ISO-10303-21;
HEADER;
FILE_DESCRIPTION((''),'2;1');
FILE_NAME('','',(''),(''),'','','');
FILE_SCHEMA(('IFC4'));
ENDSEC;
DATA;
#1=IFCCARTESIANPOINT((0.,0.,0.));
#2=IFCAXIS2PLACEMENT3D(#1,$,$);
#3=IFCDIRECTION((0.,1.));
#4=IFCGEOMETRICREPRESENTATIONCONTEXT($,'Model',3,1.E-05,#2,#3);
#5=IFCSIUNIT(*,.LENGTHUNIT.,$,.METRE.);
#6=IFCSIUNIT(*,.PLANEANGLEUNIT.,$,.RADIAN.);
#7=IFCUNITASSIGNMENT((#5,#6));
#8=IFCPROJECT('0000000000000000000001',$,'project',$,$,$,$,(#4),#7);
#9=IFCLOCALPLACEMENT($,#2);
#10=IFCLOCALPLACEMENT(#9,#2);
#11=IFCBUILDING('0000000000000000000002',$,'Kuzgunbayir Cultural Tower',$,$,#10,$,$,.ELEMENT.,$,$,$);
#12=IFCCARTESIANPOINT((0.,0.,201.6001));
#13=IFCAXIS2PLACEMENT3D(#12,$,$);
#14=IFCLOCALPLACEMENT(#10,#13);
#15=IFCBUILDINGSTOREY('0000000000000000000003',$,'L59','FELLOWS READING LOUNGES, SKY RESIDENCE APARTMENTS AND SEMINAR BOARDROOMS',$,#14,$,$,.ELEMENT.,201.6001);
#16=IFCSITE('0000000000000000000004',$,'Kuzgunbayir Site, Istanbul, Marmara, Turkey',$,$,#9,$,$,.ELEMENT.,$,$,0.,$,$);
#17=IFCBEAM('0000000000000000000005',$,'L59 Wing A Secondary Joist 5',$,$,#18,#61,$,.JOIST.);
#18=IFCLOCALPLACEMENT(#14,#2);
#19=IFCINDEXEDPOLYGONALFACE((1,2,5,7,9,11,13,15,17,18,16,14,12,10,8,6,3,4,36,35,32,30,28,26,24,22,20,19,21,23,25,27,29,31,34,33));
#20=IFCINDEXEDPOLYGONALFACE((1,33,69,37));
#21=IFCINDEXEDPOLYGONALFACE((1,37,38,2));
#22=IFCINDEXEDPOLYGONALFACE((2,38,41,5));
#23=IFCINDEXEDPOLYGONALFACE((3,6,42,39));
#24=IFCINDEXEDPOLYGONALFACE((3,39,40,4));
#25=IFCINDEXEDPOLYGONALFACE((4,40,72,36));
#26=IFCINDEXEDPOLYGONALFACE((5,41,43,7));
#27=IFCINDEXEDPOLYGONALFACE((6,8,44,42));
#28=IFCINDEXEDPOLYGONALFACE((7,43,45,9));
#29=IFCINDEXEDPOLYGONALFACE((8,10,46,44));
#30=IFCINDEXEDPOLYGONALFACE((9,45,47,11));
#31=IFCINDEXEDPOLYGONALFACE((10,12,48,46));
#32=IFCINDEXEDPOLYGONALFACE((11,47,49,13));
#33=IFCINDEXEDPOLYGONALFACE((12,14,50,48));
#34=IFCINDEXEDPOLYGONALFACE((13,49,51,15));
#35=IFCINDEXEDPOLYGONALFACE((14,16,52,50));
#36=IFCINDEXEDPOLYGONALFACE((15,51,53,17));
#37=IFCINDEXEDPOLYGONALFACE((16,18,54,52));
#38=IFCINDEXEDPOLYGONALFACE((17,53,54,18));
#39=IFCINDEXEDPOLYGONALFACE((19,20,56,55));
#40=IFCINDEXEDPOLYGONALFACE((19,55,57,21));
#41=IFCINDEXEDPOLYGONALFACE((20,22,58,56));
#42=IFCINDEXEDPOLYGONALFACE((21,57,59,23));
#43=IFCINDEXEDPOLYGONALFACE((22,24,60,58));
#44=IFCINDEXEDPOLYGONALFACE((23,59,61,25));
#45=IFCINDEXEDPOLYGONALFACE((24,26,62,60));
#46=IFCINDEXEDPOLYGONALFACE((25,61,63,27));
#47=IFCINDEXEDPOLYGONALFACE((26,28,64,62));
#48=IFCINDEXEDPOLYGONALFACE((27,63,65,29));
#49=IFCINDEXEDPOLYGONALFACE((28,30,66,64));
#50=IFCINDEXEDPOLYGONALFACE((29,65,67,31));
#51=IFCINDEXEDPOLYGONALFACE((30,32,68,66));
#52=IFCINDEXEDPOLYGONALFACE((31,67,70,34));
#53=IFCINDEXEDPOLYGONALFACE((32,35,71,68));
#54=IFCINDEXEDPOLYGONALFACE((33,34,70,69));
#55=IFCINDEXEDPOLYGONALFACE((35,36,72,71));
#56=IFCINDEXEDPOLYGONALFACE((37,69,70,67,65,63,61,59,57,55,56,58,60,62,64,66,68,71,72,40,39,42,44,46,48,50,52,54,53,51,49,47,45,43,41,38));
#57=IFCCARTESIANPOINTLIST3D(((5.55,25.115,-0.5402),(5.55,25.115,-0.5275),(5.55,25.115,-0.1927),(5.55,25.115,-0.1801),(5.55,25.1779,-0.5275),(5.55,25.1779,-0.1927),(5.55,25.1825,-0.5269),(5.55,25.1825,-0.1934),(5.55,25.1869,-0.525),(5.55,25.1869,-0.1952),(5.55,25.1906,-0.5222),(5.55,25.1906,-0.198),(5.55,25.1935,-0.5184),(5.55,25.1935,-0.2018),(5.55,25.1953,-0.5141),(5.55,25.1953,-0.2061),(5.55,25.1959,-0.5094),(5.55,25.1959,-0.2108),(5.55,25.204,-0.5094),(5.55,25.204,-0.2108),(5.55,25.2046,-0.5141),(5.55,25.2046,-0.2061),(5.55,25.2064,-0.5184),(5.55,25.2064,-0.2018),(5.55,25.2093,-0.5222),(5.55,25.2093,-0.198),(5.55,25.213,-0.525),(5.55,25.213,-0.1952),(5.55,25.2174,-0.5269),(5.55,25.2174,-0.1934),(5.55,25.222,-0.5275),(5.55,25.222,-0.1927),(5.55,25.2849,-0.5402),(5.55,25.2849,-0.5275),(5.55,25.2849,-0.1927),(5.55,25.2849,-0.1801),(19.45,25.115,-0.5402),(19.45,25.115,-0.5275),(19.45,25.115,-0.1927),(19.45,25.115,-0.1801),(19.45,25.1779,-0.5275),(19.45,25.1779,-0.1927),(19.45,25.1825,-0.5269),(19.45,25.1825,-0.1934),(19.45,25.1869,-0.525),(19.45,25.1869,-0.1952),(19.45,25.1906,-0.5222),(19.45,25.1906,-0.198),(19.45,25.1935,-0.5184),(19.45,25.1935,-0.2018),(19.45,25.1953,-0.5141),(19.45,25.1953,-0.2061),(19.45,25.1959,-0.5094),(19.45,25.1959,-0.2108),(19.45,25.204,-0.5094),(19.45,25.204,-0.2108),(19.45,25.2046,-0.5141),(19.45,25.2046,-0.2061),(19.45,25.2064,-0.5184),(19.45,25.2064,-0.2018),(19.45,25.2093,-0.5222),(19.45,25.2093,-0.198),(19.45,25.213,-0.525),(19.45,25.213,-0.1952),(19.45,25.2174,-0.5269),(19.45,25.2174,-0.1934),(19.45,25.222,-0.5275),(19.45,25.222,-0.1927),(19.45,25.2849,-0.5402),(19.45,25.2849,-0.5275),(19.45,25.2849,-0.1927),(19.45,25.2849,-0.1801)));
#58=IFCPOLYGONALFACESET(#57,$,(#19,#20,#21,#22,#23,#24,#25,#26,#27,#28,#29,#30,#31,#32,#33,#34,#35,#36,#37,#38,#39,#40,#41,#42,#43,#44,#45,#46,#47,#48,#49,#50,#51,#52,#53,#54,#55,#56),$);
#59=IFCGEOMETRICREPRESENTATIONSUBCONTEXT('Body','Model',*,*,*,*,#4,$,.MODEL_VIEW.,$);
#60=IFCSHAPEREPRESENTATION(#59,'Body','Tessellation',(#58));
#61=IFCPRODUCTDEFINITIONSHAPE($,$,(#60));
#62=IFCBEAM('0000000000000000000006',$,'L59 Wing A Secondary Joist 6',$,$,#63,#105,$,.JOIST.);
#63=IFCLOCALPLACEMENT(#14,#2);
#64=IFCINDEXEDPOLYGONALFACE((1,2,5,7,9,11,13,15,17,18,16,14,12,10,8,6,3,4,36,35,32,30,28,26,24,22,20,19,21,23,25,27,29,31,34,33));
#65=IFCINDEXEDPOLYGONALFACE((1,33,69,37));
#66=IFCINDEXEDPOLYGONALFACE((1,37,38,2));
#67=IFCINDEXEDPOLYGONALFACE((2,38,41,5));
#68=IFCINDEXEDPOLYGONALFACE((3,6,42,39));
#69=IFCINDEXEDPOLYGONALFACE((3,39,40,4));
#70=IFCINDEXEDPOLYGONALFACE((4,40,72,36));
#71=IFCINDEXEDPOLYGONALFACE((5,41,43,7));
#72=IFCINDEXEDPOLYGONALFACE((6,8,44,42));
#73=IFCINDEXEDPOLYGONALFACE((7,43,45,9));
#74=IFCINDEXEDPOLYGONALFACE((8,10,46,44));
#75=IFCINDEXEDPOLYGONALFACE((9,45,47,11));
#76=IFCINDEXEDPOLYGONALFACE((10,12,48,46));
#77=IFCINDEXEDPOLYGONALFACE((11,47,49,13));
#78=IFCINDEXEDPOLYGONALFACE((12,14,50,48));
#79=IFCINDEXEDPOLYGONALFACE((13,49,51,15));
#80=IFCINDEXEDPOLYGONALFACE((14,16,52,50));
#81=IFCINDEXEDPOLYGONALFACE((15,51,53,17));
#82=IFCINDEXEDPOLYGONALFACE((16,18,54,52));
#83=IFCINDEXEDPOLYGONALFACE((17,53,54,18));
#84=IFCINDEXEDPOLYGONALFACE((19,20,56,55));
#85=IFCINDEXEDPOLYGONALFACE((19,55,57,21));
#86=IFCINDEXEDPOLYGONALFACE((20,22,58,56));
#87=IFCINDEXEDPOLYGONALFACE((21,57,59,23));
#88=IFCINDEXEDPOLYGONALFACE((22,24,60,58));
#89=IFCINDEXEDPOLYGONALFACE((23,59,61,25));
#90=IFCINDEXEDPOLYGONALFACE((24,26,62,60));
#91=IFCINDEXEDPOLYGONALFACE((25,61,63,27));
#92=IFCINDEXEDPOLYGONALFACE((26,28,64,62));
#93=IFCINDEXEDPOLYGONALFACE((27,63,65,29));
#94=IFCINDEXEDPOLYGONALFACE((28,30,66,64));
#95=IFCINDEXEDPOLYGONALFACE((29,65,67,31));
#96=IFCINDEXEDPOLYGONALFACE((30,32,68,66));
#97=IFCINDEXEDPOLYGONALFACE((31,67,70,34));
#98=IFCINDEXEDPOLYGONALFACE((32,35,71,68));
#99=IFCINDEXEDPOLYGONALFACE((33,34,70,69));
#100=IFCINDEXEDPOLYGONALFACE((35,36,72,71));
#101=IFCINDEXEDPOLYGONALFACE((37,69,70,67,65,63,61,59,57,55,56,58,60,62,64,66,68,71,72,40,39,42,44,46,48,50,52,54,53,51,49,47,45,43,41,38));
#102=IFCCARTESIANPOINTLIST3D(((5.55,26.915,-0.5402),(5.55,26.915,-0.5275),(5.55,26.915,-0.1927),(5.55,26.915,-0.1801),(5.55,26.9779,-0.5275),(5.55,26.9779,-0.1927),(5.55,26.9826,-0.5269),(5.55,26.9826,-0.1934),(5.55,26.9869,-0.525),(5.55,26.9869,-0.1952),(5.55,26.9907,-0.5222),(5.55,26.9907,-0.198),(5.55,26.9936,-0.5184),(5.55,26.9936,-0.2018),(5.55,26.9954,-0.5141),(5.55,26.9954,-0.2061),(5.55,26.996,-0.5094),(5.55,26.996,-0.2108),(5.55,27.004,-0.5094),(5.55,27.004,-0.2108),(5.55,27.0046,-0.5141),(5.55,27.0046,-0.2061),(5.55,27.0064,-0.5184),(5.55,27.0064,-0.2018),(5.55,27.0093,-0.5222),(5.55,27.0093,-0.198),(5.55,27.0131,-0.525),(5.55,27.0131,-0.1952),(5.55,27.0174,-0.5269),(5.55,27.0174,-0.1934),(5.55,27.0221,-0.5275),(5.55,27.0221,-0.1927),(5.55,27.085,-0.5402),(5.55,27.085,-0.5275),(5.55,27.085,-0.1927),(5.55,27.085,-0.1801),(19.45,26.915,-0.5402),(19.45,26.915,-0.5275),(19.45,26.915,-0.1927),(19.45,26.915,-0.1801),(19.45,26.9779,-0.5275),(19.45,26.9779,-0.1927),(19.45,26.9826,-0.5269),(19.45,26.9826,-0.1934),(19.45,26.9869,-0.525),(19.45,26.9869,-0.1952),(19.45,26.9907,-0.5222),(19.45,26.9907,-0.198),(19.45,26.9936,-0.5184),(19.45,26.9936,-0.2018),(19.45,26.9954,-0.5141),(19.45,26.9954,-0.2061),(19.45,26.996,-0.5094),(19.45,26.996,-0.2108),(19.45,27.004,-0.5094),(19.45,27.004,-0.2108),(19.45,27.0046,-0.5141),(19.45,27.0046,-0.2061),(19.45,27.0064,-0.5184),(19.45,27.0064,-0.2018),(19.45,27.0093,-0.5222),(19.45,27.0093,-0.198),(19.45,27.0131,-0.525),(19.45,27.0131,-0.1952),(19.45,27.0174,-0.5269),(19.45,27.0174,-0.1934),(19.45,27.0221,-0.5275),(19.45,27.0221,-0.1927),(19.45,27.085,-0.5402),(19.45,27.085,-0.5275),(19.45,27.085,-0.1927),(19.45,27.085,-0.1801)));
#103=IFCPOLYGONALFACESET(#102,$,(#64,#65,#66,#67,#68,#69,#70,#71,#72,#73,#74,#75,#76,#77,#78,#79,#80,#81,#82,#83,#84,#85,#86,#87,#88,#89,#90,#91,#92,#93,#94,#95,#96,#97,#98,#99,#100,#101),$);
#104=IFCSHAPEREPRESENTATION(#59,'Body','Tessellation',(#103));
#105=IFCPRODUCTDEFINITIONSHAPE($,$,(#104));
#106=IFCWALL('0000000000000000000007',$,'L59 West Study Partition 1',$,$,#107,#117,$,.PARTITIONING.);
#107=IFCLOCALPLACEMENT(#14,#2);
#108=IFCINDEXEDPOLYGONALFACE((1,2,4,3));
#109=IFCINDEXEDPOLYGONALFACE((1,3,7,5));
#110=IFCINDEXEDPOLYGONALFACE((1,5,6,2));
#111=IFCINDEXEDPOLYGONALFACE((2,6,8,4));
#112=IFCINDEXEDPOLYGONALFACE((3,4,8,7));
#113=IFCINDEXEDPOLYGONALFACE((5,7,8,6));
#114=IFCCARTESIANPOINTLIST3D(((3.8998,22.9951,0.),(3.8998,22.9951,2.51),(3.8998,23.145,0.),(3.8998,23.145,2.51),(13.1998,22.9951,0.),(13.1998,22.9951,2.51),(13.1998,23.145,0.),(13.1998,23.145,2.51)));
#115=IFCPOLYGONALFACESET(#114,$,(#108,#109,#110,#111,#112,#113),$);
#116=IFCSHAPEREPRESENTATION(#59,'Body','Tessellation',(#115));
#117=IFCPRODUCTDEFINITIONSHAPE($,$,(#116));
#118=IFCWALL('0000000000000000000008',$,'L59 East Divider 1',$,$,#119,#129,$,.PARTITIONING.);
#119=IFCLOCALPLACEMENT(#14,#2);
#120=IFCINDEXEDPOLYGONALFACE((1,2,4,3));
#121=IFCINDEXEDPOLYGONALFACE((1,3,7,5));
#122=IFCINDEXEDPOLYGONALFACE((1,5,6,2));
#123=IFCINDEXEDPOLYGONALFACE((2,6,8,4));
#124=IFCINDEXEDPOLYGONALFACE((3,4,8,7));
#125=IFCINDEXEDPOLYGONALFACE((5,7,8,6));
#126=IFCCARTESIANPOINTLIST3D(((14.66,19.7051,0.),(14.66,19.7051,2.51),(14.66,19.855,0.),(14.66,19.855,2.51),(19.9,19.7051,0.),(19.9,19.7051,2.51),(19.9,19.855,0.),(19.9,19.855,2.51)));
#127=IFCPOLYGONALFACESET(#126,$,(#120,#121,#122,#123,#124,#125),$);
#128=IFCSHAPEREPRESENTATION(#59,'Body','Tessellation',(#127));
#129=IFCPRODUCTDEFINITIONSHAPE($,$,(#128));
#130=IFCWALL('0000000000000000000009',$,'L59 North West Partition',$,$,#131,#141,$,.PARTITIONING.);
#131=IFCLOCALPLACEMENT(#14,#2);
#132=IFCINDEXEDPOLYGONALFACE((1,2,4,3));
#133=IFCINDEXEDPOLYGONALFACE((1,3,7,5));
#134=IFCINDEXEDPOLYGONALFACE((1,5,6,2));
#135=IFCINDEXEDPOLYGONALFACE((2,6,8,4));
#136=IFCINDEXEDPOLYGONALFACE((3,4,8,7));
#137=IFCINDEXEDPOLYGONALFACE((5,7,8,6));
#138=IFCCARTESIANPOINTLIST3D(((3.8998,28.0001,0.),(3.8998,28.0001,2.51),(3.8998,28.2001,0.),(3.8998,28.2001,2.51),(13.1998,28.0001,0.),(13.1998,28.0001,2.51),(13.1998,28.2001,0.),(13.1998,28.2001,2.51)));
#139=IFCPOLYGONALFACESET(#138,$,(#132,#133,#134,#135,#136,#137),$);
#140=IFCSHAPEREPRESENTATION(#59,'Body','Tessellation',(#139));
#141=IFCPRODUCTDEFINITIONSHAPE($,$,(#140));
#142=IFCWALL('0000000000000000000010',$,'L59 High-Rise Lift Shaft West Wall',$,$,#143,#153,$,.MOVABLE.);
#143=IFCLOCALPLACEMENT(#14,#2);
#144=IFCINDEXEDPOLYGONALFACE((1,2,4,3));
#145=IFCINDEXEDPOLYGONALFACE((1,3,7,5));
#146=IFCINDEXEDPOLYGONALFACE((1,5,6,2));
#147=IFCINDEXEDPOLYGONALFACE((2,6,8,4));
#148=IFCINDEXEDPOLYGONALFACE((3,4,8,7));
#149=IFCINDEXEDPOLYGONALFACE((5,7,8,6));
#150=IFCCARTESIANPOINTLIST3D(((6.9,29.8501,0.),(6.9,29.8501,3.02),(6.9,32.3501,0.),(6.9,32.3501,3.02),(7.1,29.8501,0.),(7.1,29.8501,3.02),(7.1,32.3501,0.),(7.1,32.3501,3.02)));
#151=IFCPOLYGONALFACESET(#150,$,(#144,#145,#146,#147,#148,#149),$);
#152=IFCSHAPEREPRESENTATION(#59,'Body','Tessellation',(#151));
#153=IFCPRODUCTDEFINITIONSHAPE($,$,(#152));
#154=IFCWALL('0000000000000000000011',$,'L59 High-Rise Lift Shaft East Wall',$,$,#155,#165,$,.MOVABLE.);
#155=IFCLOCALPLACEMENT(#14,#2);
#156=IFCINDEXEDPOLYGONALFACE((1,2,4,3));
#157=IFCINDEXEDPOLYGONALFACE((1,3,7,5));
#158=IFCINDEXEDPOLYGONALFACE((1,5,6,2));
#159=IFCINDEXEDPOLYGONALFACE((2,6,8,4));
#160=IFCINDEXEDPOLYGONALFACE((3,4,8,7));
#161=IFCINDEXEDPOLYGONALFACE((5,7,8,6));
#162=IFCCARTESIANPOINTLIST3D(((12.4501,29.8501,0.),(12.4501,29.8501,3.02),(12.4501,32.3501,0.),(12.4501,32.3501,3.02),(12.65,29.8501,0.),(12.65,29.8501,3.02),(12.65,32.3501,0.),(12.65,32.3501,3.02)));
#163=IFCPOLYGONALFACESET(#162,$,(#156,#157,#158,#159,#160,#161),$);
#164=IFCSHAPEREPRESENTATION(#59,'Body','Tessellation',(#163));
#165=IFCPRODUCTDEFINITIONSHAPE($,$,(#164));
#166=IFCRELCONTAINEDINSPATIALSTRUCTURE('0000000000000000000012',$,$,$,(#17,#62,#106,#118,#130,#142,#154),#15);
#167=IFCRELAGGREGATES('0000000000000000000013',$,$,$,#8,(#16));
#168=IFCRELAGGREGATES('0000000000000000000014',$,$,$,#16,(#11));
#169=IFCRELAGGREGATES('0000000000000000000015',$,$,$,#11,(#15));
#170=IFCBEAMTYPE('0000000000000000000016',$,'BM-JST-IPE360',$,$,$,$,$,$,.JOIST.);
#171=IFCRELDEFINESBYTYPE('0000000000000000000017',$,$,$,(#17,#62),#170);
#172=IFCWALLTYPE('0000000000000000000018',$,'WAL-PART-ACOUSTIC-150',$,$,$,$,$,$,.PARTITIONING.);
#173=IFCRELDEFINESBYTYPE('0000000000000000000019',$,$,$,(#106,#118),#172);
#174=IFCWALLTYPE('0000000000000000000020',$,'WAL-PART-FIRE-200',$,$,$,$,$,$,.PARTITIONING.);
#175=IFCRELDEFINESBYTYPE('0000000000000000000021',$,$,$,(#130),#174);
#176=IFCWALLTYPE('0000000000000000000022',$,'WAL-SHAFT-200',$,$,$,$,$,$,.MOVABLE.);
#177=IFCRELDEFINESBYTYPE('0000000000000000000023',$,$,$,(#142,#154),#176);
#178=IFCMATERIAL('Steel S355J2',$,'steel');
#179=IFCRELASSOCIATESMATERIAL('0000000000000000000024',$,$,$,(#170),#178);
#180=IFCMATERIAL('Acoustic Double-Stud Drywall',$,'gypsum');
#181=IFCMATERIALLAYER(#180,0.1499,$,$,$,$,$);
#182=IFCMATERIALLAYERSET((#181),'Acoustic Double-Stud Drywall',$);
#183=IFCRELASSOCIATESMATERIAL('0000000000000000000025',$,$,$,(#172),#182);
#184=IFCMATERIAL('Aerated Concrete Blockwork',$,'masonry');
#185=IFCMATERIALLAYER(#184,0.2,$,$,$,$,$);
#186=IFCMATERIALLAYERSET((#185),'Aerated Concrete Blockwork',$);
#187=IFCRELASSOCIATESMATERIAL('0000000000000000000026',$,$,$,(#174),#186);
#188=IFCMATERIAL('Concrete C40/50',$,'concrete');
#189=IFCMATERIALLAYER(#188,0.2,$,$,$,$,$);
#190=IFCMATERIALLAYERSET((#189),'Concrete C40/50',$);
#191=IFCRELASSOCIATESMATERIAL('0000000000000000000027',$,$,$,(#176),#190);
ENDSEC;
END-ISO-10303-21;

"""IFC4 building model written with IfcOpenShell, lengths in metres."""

from ifc_helpers import new_model, si_unit, direction, frame, frame_2d, origin, origin_2d, place, context, subcontext, project, spatial, rectangle, i_section, extrude, material, layer, layer_set, material_profile, profile_set, type_object, element, save


model = new_model("IFC4")

# Units and contexts
model_context = context("Model", 3, precision=1e-05, world=origin(), true_north=direction((0.0, 1.0)))
body_context = subcontext(model_context, "Body", "Model", "MODEL_VIEW")
ifc_project = project(units=[si_unit("LENGTHUNIT", "METRE"), si_unit("PLANEANGLEUNIT", "RADIAN")], contexts=[model_context])

# Site, building, storey
site_placement = place(None, origin())
site = spatial("IfcSite", under=ifc_project, at=site_placement, Name="Kuzgunbayir Site, Istanbul, Marmara, Turkey", CompositionType="ELEMENT", RefElevation=0.0)
building_placement = place(site_placement, origin())
building = spatial("IfcBuilding", under=site, at=building_placement, Name="Kuzgunbayir Cultural Tower", CompositionType="ELEMENT")
storey_placement = place(building_placement, frame((0.0, 0.0, 201.6001)))
storey = spatial("IfcBuildingStorey", under=building, at=storey_placement, Name="L59", Description="FELLOWS READING LOUNGES, SKY RESIDENCE APARTMENTS AND SEMINAR BOARDROOMS", CompositionType="ELEMENT", Elevation=201.6001)

# Beams
ifc_material_1 = material(Name="Steel S355J2", Category="steel")
ifc_material_profile_1 = material_profile(ifc_material_1, i_section(OverallWidth=0.1699, OverallDepth=0.3601, WebThickness=0.0081, FlangeThickness=0.0127, FilletRadius=0.0181, at=origin_2d()), Name="IPE 360")
ifc_profile_set_1 = profile_set([ifc_material_profile_1], Name="Steel S355J2")
beam_type_1 = type_object("IfcBeamType", Name="BM-JST-IPE360", PredefinedType="JOIST", material=ifc_profile_set_1)
for number, where, z_axis, x_axis, name in (
    (1, (5.55, 25.2, -0.3601), (1.0, 0.0, 0.0), (0.0, 1.0, 0.0), "L59 Wing A Secondary Joist 5"),
    (2, (5.55, 27.0, -0.3601), (1.0, 0.0, 0.0), (0.0, 1.0, 0.0), "L59 Wing A Secondary Joist 6"),
):
    element("IfcBeam", number, at=place(storey_placement, frame(where, z_axis=z_axis, x_axis=x_axis)), inside=storey, type_object=beam_type_1, Name=name, PredefinedType="JOIST", context=body_context, shape_type="SweptSolid", body=[
        extrude(i_section(OverallWidth=0.1699, OverallDepth=0.3601, WebThickness=0.0081, FlangeThickness=0.0127, FilletRadius=0.0181, at=origin_2d()), origin(), (0.0, 0.0, 1.0), 13.8999),
    ])

# Walls
ifc_material_2 = material(Name="Acoustic Double-Stud Drywall", Category="gypsum")
ifc_layer_1 = layer(ifc_material_2, 0.1499)
ifc_layer_set_1 = layer_set([ifc_layer_1], Name="Acoustic Double-Stud Drywall")
wall_type_1 = type_object("IfcWallType", Name="WAL-PART-ACOUSTIC-150", PredefinedType="PARTITIONING", material=ifc_layer_set_1)
wall_1_placement = place(storey_placement, frame((3.8999, 23.0701, 0.0), z_axis=(0.0, 0.0, 1.0), x_axis=(1.0, 0.0, 0.0)))
element("IfcWall", 3, at=wall_1_placement, inside=storey, type_object=wall_type_1, Name="L59 West Study Partition 1", PredefinedType="PARTITIONING", context=body_context, shape_type="SweptSolid", body=[
    extrude(rectangle(XDim=9.3, YDim=0.1499, at=frame_2d((4.6499, 0.0))), origin(), (0.0, 0.0, 1.0), 2.51),
])
wall_2_placement = place(storey_placement, frame((14.6599, 19.78, 0.0), z_axis=(0.0, 0.0, 1.0), x_axis=(1.0, 0.0, 0.0)))
element("IfcWall", 4, at=wall_2_placement, inside=storey, type_object=wall_type_1, Name="L59 East Divider 1", PredefinedType="PARTITIONING", context=body_context, shape_type="SweptSolid", body=[
    extrude(rectangle(XDim=5.24, YDim=0.1499, at=frame_2d((2.6201, 0.0))), origin(), (0.0, 0.0, 1.0), 2.51),
])
ifc_material_3 = material(Name="Aerated Concrete Blockwork", Category="masonry")
ifc_layer_2 = layer(ifc_material_3, 0.2)
ifc_layer_set_2 = layer_set([ifc_layer_2], Name="Aerated Concrete Blockwork")
wall_type_2 = type_object("IfcWallType", Name="WAL-PART-FIRE-200", PredefinedType="PARTITIONING", material=ifc_layer_set_2)
wall_3_placement = place(storey_placement, frame((3.8999, 28.1001, 0.0), z_axis=(0.0, 0.0, 1.0), x_axis=(1.0, 0.0, 0.0)))
element("IfcWall", 5, at=wall_3_placement, inside=storey, type_object=wall_type_2, Name="L59 North West Partition", PredefinedType="PARTITIONING", context=body_context, shape_type="SweptSolid", body=[
    extrude(rectangle(XDim=9.3, YDim=0.2, at=frame_2d((4.6499, 0.0))), origin(), (0.0, 0.0, 1.0), 2.51),
])

# Shared definitions
ifc_material_4 = material(Name="Concrete C40/50", Category="concrete")
ifc_layer_3 = layer(ifc_material_4, 0.2)
ifc_layer_set_3 = layer_set([ifc_layer_3], Name="Concrete C40/50")
wall_type_3 = type_object("IfcWallType", Name="WAL-SHAFT-200", PredefinedType="MOVABLE", material=ifc_layer_set_3)

# Walls
for number, where, z_axis, x_axis, name in (
    (6, (7.0, 29.8501, 0.0), (0.0, 0.0, 1.0), (0.0, 1.0, 0.0), "L59 High-Rise Lift Shaft West Wall"),
    (7, (12.55, 29.8501, 0.0), (0.0, 0.0, 1.0), (0.0, 1.0, 0.0), "L59 High-Rise Lift Shaft East Wall"),
):
    element("IfcWall", number, at=place(storey_placement, frame(where, z_axis=z_axis, x_axis=x_axis)), inside=storey, type_object=wall_type_3, Name=name, PredefinedType="MOVABLE", context=body_context, shape_type="SweptSolid", body=[
        extrude(rectangle(XDim=2.5, YDim=0.2, at=frame_2d((1.25, 0.0))), origin(), (0.0, 0.0, 1.0), 3.02),
    ])

save(model, "model.ifc")
